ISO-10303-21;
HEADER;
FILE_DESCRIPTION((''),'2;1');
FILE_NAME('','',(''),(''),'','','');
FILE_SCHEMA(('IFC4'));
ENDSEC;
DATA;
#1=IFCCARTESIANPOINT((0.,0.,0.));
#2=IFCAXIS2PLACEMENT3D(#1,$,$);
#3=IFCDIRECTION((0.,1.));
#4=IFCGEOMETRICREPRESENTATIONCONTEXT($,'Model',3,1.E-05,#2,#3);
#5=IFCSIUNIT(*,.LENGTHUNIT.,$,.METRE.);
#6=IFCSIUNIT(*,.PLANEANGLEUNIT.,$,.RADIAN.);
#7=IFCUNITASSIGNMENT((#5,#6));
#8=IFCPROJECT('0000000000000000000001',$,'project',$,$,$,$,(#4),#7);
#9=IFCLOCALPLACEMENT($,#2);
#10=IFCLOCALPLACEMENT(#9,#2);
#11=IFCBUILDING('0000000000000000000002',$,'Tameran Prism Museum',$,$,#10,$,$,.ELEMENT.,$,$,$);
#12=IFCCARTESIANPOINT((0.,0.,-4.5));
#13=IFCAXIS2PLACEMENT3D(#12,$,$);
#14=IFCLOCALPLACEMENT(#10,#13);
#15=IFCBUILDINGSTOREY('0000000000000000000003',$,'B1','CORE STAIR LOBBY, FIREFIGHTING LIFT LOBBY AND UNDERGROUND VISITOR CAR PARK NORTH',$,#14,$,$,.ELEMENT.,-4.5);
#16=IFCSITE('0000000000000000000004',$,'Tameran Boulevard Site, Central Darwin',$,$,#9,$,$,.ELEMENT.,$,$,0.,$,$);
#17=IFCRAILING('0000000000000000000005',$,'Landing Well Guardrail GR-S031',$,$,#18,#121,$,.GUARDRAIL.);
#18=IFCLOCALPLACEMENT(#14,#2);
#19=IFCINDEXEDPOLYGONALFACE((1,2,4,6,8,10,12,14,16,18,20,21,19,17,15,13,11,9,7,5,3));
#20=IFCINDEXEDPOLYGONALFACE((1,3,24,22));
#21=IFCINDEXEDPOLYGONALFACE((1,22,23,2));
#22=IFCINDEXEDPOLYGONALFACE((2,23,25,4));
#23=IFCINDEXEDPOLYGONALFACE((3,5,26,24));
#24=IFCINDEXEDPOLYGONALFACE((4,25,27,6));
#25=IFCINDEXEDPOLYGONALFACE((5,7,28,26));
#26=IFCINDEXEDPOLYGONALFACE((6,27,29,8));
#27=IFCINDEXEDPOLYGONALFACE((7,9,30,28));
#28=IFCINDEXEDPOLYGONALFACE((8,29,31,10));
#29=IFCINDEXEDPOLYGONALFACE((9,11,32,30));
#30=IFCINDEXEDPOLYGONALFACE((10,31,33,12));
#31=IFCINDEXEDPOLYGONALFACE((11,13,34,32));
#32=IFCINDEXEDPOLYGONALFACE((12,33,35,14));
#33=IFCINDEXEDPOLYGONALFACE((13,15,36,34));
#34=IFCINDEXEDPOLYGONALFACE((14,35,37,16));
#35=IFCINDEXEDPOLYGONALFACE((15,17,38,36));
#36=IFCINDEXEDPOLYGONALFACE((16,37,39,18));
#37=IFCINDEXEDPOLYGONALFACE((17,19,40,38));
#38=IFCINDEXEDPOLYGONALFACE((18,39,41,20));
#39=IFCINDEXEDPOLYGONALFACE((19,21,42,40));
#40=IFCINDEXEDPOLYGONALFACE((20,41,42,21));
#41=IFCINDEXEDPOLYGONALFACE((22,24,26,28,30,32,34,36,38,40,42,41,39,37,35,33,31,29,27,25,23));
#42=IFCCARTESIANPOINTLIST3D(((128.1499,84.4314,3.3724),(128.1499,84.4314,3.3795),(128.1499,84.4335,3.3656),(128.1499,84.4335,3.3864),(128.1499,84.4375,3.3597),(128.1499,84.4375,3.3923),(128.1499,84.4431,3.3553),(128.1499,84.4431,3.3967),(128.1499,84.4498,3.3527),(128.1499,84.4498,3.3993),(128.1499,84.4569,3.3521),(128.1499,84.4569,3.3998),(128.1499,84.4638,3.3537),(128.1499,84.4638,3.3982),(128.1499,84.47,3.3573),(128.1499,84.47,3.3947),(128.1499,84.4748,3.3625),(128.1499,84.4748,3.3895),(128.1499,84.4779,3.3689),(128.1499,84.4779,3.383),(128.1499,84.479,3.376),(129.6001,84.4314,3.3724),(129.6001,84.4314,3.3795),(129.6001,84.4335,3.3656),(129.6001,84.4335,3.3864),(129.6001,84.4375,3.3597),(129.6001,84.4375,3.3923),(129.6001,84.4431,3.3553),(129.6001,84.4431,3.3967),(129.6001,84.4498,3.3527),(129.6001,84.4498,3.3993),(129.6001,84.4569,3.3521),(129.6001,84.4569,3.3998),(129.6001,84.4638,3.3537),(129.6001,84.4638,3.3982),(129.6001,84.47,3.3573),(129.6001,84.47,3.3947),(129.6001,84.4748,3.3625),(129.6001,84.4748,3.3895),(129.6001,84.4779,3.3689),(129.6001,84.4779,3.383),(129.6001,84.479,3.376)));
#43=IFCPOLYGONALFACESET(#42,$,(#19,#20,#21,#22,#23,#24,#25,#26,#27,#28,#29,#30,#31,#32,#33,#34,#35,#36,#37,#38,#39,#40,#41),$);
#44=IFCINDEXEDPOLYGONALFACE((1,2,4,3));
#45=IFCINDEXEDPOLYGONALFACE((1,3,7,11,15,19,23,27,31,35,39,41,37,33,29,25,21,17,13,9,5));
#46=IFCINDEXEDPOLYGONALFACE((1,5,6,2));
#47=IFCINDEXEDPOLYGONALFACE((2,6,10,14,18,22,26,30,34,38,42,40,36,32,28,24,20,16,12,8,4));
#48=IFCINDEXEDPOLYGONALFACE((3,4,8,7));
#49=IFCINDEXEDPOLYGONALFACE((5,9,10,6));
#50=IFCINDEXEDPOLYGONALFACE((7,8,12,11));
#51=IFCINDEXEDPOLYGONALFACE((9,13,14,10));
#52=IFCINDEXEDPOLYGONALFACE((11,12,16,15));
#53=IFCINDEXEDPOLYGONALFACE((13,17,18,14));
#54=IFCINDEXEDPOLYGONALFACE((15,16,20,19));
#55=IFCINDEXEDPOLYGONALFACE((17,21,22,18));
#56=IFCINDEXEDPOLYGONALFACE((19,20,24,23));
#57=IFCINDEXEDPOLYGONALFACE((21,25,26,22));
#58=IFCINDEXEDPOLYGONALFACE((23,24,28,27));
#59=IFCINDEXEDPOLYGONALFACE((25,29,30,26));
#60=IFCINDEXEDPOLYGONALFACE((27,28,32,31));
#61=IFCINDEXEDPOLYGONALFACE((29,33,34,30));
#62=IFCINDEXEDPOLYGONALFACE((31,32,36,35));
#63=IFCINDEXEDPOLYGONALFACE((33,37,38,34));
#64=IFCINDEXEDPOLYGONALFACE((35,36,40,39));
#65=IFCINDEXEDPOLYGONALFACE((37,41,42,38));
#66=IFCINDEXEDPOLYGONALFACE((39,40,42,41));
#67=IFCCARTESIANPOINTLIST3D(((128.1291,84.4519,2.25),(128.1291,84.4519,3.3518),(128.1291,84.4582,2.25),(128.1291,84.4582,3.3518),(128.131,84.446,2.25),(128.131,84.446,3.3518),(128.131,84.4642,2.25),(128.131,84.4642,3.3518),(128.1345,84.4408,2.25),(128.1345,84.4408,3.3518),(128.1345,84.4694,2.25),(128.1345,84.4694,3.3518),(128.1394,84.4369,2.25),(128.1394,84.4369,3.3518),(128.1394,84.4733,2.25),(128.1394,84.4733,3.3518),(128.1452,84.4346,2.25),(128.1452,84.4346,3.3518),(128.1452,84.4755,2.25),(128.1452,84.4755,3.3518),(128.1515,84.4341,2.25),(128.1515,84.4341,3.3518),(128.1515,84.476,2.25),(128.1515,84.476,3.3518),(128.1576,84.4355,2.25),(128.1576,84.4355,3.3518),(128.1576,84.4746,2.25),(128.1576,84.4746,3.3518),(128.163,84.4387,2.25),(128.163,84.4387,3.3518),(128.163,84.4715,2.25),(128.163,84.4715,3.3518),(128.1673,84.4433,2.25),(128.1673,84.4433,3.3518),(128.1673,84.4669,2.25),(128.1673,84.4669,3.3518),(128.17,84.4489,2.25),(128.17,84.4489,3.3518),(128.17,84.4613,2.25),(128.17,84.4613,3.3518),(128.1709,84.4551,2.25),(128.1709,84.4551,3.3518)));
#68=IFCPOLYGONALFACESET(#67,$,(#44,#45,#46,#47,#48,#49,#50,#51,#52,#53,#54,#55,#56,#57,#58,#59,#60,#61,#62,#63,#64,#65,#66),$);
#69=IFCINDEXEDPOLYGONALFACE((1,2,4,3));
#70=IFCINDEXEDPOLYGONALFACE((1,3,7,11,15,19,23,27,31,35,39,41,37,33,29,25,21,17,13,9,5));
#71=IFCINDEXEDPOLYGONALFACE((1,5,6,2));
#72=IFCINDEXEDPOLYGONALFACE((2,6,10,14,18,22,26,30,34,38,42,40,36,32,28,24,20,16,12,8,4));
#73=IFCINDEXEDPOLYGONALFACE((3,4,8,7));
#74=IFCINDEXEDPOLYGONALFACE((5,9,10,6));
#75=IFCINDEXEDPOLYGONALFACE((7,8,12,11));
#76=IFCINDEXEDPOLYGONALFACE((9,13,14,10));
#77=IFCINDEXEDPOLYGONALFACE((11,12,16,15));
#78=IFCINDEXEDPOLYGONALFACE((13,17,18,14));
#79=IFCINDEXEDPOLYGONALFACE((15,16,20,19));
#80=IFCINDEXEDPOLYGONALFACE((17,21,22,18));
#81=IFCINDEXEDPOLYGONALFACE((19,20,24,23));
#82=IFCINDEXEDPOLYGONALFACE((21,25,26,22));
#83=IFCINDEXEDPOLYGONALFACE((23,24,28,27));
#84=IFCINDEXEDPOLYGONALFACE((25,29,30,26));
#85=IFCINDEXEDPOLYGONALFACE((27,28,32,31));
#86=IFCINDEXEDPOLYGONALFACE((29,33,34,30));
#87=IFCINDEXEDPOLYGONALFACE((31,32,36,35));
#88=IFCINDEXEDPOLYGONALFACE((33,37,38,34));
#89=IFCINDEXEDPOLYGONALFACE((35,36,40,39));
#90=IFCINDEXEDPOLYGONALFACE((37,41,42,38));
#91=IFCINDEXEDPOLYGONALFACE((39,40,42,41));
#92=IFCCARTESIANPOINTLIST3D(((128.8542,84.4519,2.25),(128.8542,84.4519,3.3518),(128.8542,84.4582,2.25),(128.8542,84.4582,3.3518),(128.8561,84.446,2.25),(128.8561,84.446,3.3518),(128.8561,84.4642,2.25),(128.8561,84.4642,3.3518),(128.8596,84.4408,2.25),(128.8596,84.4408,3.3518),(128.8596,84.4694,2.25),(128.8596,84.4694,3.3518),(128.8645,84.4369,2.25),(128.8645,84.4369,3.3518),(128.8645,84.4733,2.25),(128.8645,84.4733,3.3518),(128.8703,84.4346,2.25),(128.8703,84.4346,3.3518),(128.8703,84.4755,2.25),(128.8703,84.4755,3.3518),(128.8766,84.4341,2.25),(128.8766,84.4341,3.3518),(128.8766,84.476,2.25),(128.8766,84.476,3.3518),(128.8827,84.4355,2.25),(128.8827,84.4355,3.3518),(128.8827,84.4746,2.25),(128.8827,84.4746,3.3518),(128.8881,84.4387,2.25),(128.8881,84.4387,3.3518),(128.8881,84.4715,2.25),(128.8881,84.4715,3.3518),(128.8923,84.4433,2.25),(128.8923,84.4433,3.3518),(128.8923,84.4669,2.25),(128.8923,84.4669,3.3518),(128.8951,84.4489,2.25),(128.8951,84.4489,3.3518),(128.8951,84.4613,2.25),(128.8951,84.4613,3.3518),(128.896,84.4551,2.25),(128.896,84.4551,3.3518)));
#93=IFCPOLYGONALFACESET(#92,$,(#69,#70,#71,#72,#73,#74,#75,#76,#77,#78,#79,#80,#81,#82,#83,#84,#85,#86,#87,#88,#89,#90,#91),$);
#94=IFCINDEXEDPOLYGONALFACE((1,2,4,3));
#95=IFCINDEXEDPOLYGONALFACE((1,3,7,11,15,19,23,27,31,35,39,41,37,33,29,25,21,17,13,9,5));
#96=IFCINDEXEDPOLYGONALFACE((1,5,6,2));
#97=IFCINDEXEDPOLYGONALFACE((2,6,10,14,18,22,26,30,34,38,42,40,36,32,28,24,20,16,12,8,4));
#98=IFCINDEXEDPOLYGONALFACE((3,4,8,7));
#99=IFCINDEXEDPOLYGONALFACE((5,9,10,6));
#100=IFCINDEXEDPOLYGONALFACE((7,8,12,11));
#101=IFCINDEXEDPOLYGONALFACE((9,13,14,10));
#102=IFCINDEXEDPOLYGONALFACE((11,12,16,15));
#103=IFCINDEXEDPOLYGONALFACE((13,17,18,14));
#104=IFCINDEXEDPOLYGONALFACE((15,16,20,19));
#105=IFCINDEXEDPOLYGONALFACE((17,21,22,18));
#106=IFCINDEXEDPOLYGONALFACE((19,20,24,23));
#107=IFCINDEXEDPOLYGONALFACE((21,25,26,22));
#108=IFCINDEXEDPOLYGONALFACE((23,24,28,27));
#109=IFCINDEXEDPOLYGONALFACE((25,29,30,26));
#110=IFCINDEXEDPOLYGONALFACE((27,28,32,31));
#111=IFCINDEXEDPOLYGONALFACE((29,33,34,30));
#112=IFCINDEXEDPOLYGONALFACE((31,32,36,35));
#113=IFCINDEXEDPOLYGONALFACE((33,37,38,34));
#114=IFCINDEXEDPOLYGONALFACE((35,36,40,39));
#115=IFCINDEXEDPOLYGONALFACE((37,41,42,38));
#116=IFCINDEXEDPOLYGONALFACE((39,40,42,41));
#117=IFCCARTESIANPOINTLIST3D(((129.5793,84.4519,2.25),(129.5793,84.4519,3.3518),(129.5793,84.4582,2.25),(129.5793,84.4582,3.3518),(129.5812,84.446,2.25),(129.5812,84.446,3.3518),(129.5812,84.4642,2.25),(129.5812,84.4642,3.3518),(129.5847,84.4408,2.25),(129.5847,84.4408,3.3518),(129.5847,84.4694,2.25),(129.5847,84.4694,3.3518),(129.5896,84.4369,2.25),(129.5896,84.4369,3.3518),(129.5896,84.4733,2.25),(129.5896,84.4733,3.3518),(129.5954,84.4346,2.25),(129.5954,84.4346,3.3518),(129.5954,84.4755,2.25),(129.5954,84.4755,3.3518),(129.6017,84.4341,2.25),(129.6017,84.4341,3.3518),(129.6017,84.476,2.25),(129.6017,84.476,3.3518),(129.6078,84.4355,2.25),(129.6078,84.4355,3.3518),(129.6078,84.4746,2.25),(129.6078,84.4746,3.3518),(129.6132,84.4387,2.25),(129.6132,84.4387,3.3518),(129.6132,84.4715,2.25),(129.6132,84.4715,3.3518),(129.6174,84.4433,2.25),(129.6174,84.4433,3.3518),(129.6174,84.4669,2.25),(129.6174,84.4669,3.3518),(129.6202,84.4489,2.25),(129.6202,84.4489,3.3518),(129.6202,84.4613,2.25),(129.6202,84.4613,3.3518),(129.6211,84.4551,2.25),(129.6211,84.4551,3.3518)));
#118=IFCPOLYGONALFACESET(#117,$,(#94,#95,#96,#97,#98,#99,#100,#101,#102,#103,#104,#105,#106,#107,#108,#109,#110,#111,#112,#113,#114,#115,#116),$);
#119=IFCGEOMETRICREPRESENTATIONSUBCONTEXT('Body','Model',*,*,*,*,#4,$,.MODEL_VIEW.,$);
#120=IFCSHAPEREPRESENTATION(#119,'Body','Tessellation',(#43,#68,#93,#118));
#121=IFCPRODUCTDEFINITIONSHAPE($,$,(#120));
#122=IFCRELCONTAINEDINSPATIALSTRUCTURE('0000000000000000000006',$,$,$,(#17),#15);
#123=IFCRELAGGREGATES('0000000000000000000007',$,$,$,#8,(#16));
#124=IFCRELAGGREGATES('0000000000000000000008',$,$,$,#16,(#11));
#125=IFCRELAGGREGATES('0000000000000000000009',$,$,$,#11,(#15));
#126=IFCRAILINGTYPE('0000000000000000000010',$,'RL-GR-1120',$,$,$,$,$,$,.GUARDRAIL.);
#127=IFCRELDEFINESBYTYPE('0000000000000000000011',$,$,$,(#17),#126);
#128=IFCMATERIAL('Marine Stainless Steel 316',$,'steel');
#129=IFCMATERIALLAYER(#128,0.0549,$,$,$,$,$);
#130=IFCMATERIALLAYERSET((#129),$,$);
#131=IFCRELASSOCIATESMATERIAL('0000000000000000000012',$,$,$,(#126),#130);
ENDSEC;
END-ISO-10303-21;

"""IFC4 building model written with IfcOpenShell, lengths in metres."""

from ifc_helpers import new_model, si_unit, direction, frame, origin, origin_2d, place, context, subcontext, project, spatial, circle, extrude, material, layer, layer_set, type_object, element, save


model = new_model("IFC4")

# Units and contexts
model_context = context("Model", 3, precision=1e-05, world=origin(), true_north=direction((0.0, 1.0)))
body_context = subcontext(model_context, "Body", "Model", "MODEL_VIEW")
ifc_project = project(units=[si_unit("LENGTHUNIT", "METRE"), si_unit("PLANEANGLEUNIT", "RADIAN")], contexts=[model_context])

# Site, building, storey
site_placement = place(None, origin())
site = spatial("IfcSite", under=ifc_project, at=site_placement, Name="Tameran Boulevard Site, Central Darwin", CompositionType="ELEMENT", RefElevation=0.0)
building_placement = place(site_placement, origin())
building = spatial("IfcBuilding", under=site, at=building_placement, Name="Tameran Prism Museum", CompositionType="ELEMENT")
storey_placement = place(building_placement, frame((0.0, 0.0, -4.5)))
storey = spatial("IfcBuildingStorey", under=building, at=storey_placement, Name="B1", Description="CORE STAIR LOBBY, FIREFIGHTING LIFT LOBBY AND UNDERGROUND VISITOR CAR PARK NORTH", CompositionType="ELEMENT", Elevation=-4.5)

# Railing
ifc_material_1 = material(Name="Marine Stainless Steel 316", Category="steel")
ifc_layer_1 = layer(ifc_material_1, 0.0549)
ifc_layer_set_1 = layer_set([ifc_layer_1])
railing_type_1 = type_object("IfcRailingType", Name="RL-GR-1120", PredefinedType="GUARDRAIL", material=ifc_layer_set_1)
railing_1_placement = place(storey_placement, frame((128.1499, 84.4551, 2.25)))
element("IfcRailing", 1, at=railing_1_placement, inside=storey, type_object=railing_type_1, Name="Landing Well Guardrail GR-S031", PredefinedType="GUARDRAIL", context=body_context, shape_type="SweptSolid", body=[
    extrude(circle(Radius=0.0239, at=origin_2d()), frame((0.0, 0.0, 1.126), z_axis=(1.0, 0.0, 0.0), x_axis=(0.0, 1.0, 0.0)), (0.0, 0.0, 1.0), 1.4502),
    extrude(circle(Radius=0.021, at=origin_2d()), origin(), (0.0, 0.0, 1.0), 1.1018),
    extrude(circle(Radius=0.021, at=origin_2d()), frame((0.7251, 0.0, 0.0)), (0.0, 0.0, 1.0), 1.1018),
    extrude(circle(Radius=0.021, at=origin_2d()), frame((1.4502, 0.0, 0.0)), (0.0, 0.0, 1.0), 1.1018),
])

save(model, "model.ifc")
